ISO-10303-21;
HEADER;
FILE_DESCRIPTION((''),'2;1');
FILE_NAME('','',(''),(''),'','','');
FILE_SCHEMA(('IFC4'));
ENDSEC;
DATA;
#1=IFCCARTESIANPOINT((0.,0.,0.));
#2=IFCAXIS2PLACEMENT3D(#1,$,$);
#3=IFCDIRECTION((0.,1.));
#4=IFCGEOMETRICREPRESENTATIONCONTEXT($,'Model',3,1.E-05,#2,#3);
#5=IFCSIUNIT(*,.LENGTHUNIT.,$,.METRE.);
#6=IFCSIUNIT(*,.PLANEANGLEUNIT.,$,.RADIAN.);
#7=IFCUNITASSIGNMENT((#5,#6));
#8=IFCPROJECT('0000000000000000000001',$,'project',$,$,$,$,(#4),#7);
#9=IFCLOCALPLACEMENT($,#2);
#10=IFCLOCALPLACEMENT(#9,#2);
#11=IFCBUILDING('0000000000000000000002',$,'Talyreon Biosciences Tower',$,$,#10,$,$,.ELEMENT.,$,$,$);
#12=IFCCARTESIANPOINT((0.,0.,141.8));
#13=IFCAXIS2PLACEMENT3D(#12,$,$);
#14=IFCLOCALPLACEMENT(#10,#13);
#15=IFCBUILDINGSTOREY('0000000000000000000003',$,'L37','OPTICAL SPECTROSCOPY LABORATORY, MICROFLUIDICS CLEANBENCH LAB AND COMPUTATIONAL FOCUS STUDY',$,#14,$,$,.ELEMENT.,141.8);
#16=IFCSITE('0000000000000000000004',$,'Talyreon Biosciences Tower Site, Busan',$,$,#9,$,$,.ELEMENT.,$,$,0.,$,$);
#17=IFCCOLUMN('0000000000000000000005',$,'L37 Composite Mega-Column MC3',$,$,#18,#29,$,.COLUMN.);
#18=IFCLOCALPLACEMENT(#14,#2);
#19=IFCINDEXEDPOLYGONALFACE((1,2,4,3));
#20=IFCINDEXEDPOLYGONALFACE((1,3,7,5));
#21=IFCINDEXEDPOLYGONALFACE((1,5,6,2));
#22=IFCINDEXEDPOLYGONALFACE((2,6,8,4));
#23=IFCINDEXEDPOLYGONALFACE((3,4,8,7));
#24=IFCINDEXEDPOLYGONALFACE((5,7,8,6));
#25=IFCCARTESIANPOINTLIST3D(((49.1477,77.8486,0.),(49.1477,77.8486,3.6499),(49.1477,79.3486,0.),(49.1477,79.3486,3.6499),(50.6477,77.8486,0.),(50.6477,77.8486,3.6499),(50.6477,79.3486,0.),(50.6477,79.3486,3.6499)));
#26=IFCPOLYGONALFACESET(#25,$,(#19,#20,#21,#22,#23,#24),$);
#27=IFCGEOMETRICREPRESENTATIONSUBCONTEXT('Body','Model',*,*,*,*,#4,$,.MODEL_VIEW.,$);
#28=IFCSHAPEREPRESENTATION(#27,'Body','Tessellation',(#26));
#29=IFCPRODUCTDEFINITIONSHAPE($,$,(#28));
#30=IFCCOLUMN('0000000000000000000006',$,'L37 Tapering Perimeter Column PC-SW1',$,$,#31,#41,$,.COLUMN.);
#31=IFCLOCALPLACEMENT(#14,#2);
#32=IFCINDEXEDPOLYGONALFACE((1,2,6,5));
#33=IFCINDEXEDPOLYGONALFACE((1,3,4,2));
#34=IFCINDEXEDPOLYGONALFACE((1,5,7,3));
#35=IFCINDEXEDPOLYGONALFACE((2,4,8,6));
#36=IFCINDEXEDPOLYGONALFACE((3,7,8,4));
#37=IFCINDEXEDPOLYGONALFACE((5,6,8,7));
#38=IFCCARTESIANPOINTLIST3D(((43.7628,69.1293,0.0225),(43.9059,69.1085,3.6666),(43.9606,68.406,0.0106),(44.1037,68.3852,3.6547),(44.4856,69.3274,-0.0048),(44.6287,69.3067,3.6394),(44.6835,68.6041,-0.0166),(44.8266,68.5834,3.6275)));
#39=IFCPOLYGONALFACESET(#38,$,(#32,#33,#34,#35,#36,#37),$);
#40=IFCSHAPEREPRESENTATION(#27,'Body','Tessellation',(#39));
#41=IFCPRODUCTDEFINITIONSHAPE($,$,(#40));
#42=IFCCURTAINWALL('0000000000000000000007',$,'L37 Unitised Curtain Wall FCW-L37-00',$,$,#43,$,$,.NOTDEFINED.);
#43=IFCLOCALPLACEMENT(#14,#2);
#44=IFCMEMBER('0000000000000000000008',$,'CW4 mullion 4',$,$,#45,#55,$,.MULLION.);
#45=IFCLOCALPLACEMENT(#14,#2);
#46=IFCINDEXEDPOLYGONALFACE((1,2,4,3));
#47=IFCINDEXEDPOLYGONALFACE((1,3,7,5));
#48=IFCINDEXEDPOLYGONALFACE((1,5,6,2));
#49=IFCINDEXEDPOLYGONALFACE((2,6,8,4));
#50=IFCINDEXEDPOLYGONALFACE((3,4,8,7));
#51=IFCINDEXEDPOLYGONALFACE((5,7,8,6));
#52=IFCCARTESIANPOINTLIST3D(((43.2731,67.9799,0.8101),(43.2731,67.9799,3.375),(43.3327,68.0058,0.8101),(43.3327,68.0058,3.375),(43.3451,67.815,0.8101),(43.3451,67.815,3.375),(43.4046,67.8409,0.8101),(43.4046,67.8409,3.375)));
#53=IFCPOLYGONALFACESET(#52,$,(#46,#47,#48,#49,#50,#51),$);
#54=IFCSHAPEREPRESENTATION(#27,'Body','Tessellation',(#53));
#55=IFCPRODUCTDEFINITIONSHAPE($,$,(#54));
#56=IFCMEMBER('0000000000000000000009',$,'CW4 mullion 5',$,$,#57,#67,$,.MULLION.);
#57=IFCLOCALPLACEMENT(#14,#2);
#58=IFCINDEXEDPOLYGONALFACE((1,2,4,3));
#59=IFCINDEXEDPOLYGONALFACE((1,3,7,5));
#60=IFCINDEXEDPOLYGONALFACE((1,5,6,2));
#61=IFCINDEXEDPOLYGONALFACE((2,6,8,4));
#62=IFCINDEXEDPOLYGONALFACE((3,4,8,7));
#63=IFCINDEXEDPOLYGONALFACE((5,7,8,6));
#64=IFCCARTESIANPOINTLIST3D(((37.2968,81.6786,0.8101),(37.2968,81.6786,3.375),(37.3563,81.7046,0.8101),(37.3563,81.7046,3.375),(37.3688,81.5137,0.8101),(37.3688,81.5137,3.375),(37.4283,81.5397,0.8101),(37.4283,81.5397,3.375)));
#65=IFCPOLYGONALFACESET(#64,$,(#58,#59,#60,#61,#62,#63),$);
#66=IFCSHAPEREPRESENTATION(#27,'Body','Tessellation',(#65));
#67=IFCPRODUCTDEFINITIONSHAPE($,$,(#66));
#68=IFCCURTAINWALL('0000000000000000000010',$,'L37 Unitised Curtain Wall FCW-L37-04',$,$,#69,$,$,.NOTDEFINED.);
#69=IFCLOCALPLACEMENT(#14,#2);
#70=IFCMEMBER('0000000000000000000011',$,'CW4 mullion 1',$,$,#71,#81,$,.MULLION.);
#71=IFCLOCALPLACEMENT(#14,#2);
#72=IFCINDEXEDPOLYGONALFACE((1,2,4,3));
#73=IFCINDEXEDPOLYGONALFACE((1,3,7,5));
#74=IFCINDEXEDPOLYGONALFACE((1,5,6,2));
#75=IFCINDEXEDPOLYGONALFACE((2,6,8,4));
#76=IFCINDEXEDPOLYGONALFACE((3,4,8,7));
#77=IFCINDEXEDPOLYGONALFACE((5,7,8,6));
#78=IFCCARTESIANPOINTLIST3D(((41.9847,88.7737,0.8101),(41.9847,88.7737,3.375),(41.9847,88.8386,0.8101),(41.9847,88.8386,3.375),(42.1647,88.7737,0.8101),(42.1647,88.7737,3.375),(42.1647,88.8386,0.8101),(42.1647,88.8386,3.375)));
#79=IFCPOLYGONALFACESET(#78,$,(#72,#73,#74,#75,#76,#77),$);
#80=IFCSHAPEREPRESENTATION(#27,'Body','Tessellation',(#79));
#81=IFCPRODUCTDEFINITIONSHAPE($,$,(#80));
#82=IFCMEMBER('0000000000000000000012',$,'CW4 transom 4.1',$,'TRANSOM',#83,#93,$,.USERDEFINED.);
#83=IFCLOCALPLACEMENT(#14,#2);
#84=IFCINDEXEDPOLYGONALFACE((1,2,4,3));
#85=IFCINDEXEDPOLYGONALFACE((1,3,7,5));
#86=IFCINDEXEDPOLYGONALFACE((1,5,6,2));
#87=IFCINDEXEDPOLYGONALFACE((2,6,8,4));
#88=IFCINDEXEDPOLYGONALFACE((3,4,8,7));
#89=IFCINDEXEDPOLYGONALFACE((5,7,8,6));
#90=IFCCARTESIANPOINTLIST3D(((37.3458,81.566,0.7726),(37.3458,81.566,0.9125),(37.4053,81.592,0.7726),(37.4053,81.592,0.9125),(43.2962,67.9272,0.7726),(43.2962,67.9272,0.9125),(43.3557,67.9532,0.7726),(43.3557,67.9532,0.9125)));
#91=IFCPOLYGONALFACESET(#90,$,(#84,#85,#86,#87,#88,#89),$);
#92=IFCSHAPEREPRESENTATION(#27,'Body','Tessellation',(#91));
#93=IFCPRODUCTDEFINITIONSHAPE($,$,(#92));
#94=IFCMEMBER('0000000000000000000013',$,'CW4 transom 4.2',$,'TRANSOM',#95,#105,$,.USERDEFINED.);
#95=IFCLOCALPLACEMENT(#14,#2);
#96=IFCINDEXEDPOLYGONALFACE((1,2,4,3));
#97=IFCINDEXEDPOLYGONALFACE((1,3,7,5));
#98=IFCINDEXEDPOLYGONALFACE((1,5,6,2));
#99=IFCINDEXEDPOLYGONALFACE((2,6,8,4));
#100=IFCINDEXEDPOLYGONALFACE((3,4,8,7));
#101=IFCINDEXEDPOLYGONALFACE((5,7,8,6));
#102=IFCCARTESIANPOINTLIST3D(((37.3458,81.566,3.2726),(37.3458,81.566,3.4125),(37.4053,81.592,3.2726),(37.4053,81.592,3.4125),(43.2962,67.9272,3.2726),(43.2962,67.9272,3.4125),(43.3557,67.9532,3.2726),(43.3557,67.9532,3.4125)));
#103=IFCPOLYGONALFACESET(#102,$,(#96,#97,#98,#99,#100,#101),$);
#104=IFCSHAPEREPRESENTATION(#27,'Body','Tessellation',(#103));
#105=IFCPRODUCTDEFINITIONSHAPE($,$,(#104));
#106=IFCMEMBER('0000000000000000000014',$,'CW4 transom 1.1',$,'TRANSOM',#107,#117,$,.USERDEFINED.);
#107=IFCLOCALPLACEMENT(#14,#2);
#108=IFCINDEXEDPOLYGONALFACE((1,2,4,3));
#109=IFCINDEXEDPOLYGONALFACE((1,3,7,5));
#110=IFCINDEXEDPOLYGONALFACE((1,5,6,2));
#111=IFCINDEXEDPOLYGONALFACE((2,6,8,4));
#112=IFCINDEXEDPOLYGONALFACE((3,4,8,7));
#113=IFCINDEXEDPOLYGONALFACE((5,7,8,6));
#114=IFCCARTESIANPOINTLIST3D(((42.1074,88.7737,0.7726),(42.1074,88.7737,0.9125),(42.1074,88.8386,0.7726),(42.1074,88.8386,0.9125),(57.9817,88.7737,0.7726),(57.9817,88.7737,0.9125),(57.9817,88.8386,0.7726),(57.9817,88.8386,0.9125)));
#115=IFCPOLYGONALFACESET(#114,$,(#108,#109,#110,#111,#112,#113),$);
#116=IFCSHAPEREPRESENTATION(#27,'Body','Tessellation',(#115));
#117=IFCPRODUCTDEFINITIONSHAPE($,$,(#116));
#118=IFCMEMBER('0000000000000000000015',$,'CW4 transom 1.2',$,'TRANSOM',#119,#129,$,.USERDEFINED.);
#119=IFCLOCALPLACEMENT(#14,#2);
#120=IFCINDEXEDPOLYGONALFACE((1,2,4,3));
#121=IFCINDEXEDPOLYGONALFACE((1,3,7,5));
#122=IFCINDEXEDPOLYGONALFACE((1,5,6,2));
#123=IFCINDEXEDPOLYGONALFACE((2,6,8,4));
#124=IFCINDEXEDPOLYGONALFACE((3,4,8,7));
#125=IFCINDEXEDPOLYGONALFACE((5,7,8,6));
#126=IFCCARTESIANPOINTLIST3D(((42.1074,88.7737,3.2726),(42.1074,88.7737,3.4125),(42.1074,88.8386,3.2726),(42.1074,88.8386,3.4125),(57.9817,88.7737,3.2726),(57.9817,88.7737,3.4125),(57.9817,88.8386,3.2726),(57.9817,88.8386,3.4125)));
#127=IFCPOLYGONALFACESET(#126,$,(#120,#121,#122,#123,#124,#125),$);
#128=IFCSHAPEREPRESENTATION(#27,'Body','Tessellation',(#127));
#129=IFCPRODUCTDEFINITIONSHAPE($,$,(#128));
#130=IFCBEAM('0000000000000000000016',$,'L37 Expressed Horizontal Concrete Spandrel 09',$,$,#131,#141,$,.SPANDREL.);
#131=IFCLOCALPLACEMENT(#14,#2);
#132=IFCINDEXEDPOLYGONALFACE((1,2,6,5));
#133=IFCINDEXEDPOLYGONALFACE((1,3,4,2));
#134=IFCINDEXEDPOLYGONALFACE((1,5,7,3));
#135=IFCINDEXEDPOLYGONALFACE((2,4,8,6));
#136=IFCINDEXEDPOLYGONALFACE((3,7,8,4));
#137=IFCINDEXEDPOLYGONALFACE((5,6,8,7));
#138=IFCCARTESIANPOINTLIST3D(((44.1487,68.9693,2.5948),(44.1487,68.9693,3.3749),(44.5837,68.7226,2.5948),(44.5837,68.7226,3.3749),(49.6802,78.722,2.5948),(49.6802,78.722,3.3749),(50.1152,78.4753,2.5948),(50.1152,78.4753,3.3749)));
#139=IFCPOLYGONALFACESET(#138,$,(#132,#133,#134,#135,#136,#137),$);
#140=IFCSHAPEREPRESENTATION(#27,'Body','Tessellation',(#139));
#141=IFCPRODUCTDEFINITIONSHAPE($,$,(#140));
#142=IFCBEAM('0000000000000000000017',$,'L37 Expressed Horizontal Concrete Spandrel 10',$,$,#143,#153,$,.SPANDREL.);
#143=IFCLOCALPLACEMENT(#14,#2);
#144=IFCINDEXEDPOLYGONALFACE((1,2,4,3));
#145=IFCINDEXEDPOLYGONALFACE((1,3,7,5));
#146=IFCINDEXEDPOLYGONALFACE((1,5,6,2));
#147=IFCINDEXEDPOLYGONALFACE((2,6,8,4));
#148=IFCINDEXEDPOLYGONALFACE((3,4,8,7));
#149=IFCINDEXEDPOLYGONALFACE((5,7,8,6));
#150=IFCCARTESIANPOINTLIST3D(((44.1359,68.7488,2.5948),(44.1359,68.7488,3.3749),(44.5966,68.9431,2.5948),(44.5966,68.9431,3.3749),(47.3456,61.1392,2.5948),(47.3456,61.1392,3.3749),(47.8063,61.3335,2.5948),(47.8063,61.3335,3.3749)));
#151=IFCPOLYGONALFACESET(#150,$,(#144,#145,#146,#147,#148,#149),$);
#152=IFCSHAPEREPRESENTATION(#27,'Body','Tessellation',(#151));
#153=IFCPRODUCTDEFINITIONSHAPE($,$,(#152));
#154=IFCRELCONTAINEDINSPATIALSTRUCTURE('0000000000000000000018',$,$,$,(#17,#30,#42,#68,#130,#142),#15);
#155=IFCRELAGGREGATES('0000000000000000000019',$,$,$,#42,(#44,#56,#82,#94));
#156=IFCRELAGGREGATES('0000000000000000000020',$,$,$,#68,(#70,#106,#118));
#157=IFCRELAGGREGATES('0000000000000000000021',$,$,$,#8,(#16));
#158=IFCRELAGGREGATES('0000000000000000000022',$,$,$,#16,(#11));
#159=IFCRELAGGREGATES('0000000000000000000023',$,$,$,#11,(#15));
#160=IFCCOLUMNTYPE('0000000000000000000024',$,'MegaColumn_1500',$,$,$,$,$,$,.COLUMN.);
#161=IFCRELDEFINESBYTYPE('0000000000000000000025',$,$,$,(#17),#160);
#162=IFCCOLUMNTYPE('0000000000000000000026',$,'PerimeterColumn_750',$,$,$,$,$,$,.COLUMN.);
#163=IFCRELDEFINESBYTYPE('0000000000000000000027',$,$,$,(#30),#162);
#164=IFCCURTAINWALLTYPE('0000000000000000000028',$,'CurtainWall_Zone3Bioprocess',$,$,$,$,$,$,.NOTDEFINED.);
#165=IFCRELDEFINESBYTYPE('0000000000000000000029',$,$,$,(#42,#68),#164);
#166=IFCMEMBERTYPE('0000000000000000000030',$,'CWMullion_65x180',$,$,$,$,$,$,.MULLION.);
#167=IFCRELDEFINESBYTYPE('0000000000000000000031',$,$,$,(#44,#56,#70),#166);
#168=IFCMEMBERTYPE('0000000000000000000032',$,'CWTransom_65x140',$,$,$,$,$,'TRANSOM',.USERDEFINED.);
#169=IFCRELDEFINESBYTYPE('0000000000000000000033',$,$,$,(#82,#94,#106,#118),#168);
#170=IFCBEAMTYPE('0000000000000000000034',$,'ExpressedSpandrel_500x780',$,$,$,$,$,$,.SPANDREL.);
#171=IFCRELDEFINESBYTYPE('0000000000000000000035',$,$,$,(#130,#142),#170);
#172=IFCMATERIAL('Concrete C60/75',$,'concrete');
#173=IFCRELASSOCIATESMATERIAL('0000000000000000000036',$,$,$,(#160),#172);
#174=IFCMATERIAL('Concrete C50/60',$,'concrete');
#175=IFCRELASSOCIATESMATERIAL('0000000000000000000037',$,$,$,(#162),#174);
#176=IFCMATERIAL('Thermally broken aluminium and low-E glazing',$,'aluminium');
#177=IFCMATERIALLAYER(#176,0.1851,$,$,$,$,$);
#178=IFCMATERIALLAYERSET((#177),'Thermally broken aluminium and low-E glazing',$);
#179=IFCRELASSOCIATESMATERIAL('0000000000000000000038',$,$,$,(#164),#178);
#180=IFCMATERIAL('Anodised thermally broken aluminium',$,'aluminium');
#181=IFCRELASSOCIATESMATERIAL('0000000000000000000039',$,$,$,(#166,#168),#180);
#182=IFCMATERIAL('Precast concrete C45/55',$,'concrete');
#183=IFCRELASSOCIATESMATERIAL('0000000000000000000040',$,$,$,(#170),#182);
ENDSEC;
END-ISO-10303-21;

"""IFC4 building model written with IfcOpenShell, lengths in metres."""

from ifc_helpers import new_model, si_unit, direction, frame, origin, origin_2d, place, context, subcontext, project, spatial, rectangle, extrude, material, layer, layer_set, material_profile, profile_set, type_object, element, aggregate, save


model = new_model("IFC4")

# Units and contexts
model_context = context("Model", 3, precision=1e-05, world=origin(), true_north=direction((0.0, 1.0)))
body_context = subcontext(model_context, "Body", "Model", "MODEL_VIEW")
ifc_project = project(units=[si_unit("LENGTHUNIT", "METRE"), si_unit("PLANEANGLEUNIT", "RADIAN")], contexts=[model_context])

# Site, building, storey
site_placement = place(None, origin())
site = spatial("IfcSite", under=ifc_project, at=site_placement, Name="Talyreon Biosciences Tower Site, Busan", CompositionType="ELEMENT", RefElevation=0.0)
building_placement = place(site_placement, origin())
building = spatial("IfcBuilding", under=site, at=building_placement, Name="Talyreon Biosciences Tower", CompositionType="ELEMENT")
storey_placement = place(building_placement, frame((0.0, 0.0, 141.8)))
storey = spatial("IfcBuildingStorey", under=building, at=storey_placement, Name="L37", Description="OPTICAL SPECTROSCOPY LABORATORY, MICROFLUIDICS CLEANBENCH LAB AND COMPUTATIONAL FOCUS STUDY", CompositionType="ELEMENT", Elevation=141.8)

# Columns
ifc_material_1 = material(Name="Concrete C60/75", Category="concrete")
ifc_material_profile_1 = material_profile(ifc_material_1, rectangle(XDim=1.5, YDim=1.5, at=origin_2d()), Name="RC 1500x1500")
ifc_profile_set_1 = profile_set([ifc_material_profile_1], Name="Concrete C60/75")
column_type_1 = type_object("IfcColumnType", Name="MegaColumn_1500", PredefinedType="COLUMN", material=ifc_profile_set_1)
column_1_placement = place(storey_placement, frame((49.8977, 78.5986, 0.0), z_axis=(0.0, 0.0, 1.0), x_axis=(1.0, 0.0, 0.0)))
element("IfcColumn", 1, at=column_1_placement, inside=storey, type_object=column_type_1, Name="L37 Composite Mega-Column MC3", PredefinedType="COLUMN", context=body_context, shape_type="SweptSolid", body=[
    extrude(rectangle(XDim=1.5, YDim=1.5, at=origin_2d()), origin(), (0.0, 0.0, 1.0), 3.6499),
])
ifc_material_2 = material(Name="Concrete C50/60", Category="concrete")
ifc_material_profile_2 = material_profile(ifc_material_2, rectangle(XDim=0.75, YDim=0.75, at=origin_2d()), Name="RC 750x750")
ifc_profile_set_2 = profile_set([ifc_material_profile_2], Name="Concrete C50/60")
column_type_2 = type_object("IfcColumnType", Name="PerimeterColumn_750", PredefinedType="COLUMN", material=ifc_profile_set_2)
column_2_placement = place(storey_placement, frame((44.2231, 68.8667, 0.0029), z_axis=(0.039229, -0.00569, 0.999214), x_axis=(0.963781, 0.264208, -0.036334)))
element("IfcColumn", 2, at=column_2_placement, inside=storey, type_object=column_type_2, Name="L37 Tapering Perimeter Column PC-SW1", PredefinedType="COLUMN", context=body_context, shape_type="SweptSolid", body=[
    extrude(rectangle(XDim=0.75, YDim=0.75, at=origin_2d()), origin(), (0.0, 0.0, 1.0), 3.647),
])

# Curtain wall, members
ifc_material_3 = material(Name="Thermally broken aluminium and low-E glazing", Category="aluminium")
ifc_layer_1 = layer(ifc_material_3, 0.1851)
ifc_layer_set_1 = layer_set([ifc_layer_1], Name="Thermally broken aluminium and low-E glazing")
curtain_wall_type = type_object("IfcCurtainWallType", Name="CurtainWall_Zone3Bioprocess", PredefinedType="NOTDEFINED", material=ifc_layer_set_1)
curtain_wall_1_placement = place(storey_placement, origin())
curtain_wall_1 = element("IfcCurtainWall", 3, at=curtain_wall_1_placement, inside=storey, type_object=curtain_wall_type, Name="L37 Unitised Curtain Wall FCW-L37-00", PredefinedType="NOTDEFINED")
ifc_material_4 = material(Name="Anodised thermally broken aluminium", Category="aluminium")
ifc_material_profile_3 = material_profile(ifc_material_4, rectangle(XDim=0.0649, YDim=0.1799, at=origin_2d()), Name="ALUM MULLION 65x180")
ifc_profile_set_3 = profile_set([ifc_material_profile_3], Name="Anodised thermally broken aluminium")
member_type_1 = type_object("IfcMemberType", Name="CWMullion_65x180", PredefinedType="MULLION", material=ifc_profile_set_3)
member_1_placement = place(storey_placement, frame((43.3389, 67.9104, 0.8101), z_axis=(0.0, 0.0, 1.0), x_axis=(-0.916566, -0.399882, 0.0)))
member_1 = element("IfcMember", 4, at=member_1_placement, type_object=member_type_1, Name="CW4 mullion 4", PredefinedType="MULLION", context=body_context, shape_type="SweptSolid", body=[
    extrude(rectangle(XDim=0.0649, YDim=0.1799, at=origin_2d()), origin(), (0.0, 0.0, 1.0), 2.5649),
])
member_2_placement = place(storey_placement, frame((37.3625, 81.6091, 0.8101), z_axis=(0.0, 0.0, 1.0), x_axis=(-0.916566, -0.399882, 0.0)))
member_2 = element("IfcMember", 5, at=member_2_placement, type_object=member_type_1, Name="CW4 mullion 5", PredefinedType="MULLION", context=body_context, shape_type="SweptSolid", body=[
    extrude(rectangle(XDim=0.0649, YDim=0.1799, at=origin_2d()), origin(), (0.0, 0.0, 1.0), 2.5649),
])

# Curtain wall, member
curtain_wall_2_placement = place(storey_placement, origin())
curtain_wall_2 = element("IfcCurtainWall", 6, at=curtain_wall_2_placement, inside=storey, type_object=curtain_wall_type, Name="L37 Unitised Curtain Wall FCW-L37-04", PredefinedType="NOTDEFINED")
member_3_placement = place(storey_placement, frame((42.0747, 88.8062, 0.8101), z_axis=(0.0, 0.0, 1.0), x_axis=(0.0, 1.0, 0.0)))
member_3 = element("IfcMember", 7, at=member_3_placement, type_object=member_type_1, Name="CW4 mullion 1", PredefinedType="MULLION", context=body_context, shape_type="SweptSolid", body=[
    extrude(rectangle(XDim=0.0649, YDim=0.1799, at=origin_2d()), origin(), (0.0, 0.0, 1.0), 2.5649),
])

# Members
ifc_material_profile_4 = material_profile(ifc_material_4, rectangle(XDim=0.0649, YDim=0.1399, at=origin_2d()), Name="ALUM TRANSOM 65x140")
ifc_profile_set_4 = profile_set([ifc_material_profile_4], Name="Anodised thermally broken aluminium")
member_type_2 = type_object("IfcMemberType", Name="CWTransom_65x140", ElementType="TRANSOM", PredefinedType="USERDEFINED", material=ifc_profile_set_4)
member_4_placement = place(storey_placement, frame((43.3259, 67.9402, 0.8425), z_axis=(-0.399883, 0.916566, 0.0), x_axis=(-0.916566, -0.399883, 0.0)))
member_4 = element("IfcMember", 8, at=member_4_placement, type_object=member_type_2, Name="CW4 transom 4.1", ObjectType="TRANSOM", PredefinedType="USERDEFINED", context=body_context, shape_type="SweptSolid", body=[
    extrude(rectangle(XDim=0.0649, YDim=0.1399, at=origin_2d()), origin(), (0.0, 0.0, 1.0), 14.8804),
])
member_5_placement = place(storey_placement, frame((43.3259, 67.9402, 3.3425), z_axis=(-0.399883, 0.916566, 0.0), x_axis=(-0.916566, -0.399883, 0.0)))
member_5 = element("IfcMember", 9, at=member_5_placement, type_object=member_type_2, Name="CW4 transom 4.2", ObjectType="TRANSOM", PredefinedType="USERDEFINED", context=body_context, shape_type="SweptSolid", body=[
    extrude(rectangle(XDim=0.0649, YDim=0.1399, at=origin_2d()), origin(), (0.0, 0.0, 1.0), 14.8804),
])
member_6_placement = place(storey_placement, frame((42.1074, 88.8062, 0.8425), z_axis=(1.0, 0.0, 0.0), x_axis=(0.0, 1.0, 0.0)))
member_6 = element("IfcMember", 10, at=member_6_placement, type_object=member_type_2, Name="CW4 transom 1.1", ObjectType="TRANSOM", PredefinedType="USERDEFINED", context=body_context, shape_type="SweptSolid", body=[
    extrude(rectangle(XDim=0.0649, YDim=0.1399, at=origin_2d()), origin(), (0.0, 0.0, 1.0), 15.8743),
])
member_7_placement = place(storey_placement, frame((42.1074, 88.8062, 3.3425), z_axis=(1.0, 0.0, 0.0), x_axis=(0.0, 1.0, 0.0)))
member_7 = element("IfcMember", 11, at=member_7_placement, type_object=member_type_2, Name="CW4 transom 1.2", ObjectType="TRANSOM", PredefinedType="USERDEFINED", context=body_context, shape_type="SweptSolid", body=[
    extrude(rectangle(XDim=0.0649, YDim=0.1399, at=origin_2d()), origin(), (0.0, 0.0, 1.0), 15.8743),
])

# Beams
ifc_material_5 = material(Name="Precast concrete C45/55", Category="concrete")
ifc_material_profile_5 = material_profile(ifc_material_5, rectangle(XDim=0.5, YDim=0.78, at=origin_2d()), Name="RCB 500x780")
ifc_profile_set_5 = profile_set([ifc_material_profile_5], Name="Precast concrete C45/55")
beam_type_1 = type_object("IfcBeamType", Name="ExpressedSpandrel_500x780", PredefinedType="SPANDREL", material=ifc_profile_set_5)
beam_1_placement = place(storey_placement, frame((49.8977, 78.5986, 2.9849), z_axis=(-0.493348, -0.869832, 0.0), x_axis=(0.869832, -0.493348, 0.0)))
element("IfcBeam", 12, at=beam_1_placement, inside=storey, type_object=beam_type_1, Name="L37 Expressed Horizontal Concrete Spandrel 09", PredefinedType="SPANDREL", context=body_context, shape_type="SweptSolid", body=[
    extrude(rectangle(XDim=0.5, YDim=0.78, at=origin_2d()), origin(), (0.0, 0.0, 1.0), 11.2122),
])
beam_2_placement = place(storey_placement, frame((44.3662, 68.8459, 2.9849), z_axis=(0.38864, -0.92139, 0.0), x_axis=(0.92139, 0.38864, 0.0)))
element("IfcBeam", 13, at=beam_2_placement, inside=storey, type_object=beam_type_1, Name="L37 Expressed Horizontal Concrete Spandrel 10", PredefinedType="SPANDREL", context=body_context, shape_type="SweptSolid", body=[
    extrude(rectangle(XDim=0.5, YDim=0.78, at=origin_2d()), origin(), (0.0, 0.0, 1.0), 8.2588),
])

aggregate(curtain_wall_1, [member_1, member_2, member_4, member_5])
aggregate(curtain_wall_2, [member_3, member_6, member_7])

save(model, "model.ifc")
